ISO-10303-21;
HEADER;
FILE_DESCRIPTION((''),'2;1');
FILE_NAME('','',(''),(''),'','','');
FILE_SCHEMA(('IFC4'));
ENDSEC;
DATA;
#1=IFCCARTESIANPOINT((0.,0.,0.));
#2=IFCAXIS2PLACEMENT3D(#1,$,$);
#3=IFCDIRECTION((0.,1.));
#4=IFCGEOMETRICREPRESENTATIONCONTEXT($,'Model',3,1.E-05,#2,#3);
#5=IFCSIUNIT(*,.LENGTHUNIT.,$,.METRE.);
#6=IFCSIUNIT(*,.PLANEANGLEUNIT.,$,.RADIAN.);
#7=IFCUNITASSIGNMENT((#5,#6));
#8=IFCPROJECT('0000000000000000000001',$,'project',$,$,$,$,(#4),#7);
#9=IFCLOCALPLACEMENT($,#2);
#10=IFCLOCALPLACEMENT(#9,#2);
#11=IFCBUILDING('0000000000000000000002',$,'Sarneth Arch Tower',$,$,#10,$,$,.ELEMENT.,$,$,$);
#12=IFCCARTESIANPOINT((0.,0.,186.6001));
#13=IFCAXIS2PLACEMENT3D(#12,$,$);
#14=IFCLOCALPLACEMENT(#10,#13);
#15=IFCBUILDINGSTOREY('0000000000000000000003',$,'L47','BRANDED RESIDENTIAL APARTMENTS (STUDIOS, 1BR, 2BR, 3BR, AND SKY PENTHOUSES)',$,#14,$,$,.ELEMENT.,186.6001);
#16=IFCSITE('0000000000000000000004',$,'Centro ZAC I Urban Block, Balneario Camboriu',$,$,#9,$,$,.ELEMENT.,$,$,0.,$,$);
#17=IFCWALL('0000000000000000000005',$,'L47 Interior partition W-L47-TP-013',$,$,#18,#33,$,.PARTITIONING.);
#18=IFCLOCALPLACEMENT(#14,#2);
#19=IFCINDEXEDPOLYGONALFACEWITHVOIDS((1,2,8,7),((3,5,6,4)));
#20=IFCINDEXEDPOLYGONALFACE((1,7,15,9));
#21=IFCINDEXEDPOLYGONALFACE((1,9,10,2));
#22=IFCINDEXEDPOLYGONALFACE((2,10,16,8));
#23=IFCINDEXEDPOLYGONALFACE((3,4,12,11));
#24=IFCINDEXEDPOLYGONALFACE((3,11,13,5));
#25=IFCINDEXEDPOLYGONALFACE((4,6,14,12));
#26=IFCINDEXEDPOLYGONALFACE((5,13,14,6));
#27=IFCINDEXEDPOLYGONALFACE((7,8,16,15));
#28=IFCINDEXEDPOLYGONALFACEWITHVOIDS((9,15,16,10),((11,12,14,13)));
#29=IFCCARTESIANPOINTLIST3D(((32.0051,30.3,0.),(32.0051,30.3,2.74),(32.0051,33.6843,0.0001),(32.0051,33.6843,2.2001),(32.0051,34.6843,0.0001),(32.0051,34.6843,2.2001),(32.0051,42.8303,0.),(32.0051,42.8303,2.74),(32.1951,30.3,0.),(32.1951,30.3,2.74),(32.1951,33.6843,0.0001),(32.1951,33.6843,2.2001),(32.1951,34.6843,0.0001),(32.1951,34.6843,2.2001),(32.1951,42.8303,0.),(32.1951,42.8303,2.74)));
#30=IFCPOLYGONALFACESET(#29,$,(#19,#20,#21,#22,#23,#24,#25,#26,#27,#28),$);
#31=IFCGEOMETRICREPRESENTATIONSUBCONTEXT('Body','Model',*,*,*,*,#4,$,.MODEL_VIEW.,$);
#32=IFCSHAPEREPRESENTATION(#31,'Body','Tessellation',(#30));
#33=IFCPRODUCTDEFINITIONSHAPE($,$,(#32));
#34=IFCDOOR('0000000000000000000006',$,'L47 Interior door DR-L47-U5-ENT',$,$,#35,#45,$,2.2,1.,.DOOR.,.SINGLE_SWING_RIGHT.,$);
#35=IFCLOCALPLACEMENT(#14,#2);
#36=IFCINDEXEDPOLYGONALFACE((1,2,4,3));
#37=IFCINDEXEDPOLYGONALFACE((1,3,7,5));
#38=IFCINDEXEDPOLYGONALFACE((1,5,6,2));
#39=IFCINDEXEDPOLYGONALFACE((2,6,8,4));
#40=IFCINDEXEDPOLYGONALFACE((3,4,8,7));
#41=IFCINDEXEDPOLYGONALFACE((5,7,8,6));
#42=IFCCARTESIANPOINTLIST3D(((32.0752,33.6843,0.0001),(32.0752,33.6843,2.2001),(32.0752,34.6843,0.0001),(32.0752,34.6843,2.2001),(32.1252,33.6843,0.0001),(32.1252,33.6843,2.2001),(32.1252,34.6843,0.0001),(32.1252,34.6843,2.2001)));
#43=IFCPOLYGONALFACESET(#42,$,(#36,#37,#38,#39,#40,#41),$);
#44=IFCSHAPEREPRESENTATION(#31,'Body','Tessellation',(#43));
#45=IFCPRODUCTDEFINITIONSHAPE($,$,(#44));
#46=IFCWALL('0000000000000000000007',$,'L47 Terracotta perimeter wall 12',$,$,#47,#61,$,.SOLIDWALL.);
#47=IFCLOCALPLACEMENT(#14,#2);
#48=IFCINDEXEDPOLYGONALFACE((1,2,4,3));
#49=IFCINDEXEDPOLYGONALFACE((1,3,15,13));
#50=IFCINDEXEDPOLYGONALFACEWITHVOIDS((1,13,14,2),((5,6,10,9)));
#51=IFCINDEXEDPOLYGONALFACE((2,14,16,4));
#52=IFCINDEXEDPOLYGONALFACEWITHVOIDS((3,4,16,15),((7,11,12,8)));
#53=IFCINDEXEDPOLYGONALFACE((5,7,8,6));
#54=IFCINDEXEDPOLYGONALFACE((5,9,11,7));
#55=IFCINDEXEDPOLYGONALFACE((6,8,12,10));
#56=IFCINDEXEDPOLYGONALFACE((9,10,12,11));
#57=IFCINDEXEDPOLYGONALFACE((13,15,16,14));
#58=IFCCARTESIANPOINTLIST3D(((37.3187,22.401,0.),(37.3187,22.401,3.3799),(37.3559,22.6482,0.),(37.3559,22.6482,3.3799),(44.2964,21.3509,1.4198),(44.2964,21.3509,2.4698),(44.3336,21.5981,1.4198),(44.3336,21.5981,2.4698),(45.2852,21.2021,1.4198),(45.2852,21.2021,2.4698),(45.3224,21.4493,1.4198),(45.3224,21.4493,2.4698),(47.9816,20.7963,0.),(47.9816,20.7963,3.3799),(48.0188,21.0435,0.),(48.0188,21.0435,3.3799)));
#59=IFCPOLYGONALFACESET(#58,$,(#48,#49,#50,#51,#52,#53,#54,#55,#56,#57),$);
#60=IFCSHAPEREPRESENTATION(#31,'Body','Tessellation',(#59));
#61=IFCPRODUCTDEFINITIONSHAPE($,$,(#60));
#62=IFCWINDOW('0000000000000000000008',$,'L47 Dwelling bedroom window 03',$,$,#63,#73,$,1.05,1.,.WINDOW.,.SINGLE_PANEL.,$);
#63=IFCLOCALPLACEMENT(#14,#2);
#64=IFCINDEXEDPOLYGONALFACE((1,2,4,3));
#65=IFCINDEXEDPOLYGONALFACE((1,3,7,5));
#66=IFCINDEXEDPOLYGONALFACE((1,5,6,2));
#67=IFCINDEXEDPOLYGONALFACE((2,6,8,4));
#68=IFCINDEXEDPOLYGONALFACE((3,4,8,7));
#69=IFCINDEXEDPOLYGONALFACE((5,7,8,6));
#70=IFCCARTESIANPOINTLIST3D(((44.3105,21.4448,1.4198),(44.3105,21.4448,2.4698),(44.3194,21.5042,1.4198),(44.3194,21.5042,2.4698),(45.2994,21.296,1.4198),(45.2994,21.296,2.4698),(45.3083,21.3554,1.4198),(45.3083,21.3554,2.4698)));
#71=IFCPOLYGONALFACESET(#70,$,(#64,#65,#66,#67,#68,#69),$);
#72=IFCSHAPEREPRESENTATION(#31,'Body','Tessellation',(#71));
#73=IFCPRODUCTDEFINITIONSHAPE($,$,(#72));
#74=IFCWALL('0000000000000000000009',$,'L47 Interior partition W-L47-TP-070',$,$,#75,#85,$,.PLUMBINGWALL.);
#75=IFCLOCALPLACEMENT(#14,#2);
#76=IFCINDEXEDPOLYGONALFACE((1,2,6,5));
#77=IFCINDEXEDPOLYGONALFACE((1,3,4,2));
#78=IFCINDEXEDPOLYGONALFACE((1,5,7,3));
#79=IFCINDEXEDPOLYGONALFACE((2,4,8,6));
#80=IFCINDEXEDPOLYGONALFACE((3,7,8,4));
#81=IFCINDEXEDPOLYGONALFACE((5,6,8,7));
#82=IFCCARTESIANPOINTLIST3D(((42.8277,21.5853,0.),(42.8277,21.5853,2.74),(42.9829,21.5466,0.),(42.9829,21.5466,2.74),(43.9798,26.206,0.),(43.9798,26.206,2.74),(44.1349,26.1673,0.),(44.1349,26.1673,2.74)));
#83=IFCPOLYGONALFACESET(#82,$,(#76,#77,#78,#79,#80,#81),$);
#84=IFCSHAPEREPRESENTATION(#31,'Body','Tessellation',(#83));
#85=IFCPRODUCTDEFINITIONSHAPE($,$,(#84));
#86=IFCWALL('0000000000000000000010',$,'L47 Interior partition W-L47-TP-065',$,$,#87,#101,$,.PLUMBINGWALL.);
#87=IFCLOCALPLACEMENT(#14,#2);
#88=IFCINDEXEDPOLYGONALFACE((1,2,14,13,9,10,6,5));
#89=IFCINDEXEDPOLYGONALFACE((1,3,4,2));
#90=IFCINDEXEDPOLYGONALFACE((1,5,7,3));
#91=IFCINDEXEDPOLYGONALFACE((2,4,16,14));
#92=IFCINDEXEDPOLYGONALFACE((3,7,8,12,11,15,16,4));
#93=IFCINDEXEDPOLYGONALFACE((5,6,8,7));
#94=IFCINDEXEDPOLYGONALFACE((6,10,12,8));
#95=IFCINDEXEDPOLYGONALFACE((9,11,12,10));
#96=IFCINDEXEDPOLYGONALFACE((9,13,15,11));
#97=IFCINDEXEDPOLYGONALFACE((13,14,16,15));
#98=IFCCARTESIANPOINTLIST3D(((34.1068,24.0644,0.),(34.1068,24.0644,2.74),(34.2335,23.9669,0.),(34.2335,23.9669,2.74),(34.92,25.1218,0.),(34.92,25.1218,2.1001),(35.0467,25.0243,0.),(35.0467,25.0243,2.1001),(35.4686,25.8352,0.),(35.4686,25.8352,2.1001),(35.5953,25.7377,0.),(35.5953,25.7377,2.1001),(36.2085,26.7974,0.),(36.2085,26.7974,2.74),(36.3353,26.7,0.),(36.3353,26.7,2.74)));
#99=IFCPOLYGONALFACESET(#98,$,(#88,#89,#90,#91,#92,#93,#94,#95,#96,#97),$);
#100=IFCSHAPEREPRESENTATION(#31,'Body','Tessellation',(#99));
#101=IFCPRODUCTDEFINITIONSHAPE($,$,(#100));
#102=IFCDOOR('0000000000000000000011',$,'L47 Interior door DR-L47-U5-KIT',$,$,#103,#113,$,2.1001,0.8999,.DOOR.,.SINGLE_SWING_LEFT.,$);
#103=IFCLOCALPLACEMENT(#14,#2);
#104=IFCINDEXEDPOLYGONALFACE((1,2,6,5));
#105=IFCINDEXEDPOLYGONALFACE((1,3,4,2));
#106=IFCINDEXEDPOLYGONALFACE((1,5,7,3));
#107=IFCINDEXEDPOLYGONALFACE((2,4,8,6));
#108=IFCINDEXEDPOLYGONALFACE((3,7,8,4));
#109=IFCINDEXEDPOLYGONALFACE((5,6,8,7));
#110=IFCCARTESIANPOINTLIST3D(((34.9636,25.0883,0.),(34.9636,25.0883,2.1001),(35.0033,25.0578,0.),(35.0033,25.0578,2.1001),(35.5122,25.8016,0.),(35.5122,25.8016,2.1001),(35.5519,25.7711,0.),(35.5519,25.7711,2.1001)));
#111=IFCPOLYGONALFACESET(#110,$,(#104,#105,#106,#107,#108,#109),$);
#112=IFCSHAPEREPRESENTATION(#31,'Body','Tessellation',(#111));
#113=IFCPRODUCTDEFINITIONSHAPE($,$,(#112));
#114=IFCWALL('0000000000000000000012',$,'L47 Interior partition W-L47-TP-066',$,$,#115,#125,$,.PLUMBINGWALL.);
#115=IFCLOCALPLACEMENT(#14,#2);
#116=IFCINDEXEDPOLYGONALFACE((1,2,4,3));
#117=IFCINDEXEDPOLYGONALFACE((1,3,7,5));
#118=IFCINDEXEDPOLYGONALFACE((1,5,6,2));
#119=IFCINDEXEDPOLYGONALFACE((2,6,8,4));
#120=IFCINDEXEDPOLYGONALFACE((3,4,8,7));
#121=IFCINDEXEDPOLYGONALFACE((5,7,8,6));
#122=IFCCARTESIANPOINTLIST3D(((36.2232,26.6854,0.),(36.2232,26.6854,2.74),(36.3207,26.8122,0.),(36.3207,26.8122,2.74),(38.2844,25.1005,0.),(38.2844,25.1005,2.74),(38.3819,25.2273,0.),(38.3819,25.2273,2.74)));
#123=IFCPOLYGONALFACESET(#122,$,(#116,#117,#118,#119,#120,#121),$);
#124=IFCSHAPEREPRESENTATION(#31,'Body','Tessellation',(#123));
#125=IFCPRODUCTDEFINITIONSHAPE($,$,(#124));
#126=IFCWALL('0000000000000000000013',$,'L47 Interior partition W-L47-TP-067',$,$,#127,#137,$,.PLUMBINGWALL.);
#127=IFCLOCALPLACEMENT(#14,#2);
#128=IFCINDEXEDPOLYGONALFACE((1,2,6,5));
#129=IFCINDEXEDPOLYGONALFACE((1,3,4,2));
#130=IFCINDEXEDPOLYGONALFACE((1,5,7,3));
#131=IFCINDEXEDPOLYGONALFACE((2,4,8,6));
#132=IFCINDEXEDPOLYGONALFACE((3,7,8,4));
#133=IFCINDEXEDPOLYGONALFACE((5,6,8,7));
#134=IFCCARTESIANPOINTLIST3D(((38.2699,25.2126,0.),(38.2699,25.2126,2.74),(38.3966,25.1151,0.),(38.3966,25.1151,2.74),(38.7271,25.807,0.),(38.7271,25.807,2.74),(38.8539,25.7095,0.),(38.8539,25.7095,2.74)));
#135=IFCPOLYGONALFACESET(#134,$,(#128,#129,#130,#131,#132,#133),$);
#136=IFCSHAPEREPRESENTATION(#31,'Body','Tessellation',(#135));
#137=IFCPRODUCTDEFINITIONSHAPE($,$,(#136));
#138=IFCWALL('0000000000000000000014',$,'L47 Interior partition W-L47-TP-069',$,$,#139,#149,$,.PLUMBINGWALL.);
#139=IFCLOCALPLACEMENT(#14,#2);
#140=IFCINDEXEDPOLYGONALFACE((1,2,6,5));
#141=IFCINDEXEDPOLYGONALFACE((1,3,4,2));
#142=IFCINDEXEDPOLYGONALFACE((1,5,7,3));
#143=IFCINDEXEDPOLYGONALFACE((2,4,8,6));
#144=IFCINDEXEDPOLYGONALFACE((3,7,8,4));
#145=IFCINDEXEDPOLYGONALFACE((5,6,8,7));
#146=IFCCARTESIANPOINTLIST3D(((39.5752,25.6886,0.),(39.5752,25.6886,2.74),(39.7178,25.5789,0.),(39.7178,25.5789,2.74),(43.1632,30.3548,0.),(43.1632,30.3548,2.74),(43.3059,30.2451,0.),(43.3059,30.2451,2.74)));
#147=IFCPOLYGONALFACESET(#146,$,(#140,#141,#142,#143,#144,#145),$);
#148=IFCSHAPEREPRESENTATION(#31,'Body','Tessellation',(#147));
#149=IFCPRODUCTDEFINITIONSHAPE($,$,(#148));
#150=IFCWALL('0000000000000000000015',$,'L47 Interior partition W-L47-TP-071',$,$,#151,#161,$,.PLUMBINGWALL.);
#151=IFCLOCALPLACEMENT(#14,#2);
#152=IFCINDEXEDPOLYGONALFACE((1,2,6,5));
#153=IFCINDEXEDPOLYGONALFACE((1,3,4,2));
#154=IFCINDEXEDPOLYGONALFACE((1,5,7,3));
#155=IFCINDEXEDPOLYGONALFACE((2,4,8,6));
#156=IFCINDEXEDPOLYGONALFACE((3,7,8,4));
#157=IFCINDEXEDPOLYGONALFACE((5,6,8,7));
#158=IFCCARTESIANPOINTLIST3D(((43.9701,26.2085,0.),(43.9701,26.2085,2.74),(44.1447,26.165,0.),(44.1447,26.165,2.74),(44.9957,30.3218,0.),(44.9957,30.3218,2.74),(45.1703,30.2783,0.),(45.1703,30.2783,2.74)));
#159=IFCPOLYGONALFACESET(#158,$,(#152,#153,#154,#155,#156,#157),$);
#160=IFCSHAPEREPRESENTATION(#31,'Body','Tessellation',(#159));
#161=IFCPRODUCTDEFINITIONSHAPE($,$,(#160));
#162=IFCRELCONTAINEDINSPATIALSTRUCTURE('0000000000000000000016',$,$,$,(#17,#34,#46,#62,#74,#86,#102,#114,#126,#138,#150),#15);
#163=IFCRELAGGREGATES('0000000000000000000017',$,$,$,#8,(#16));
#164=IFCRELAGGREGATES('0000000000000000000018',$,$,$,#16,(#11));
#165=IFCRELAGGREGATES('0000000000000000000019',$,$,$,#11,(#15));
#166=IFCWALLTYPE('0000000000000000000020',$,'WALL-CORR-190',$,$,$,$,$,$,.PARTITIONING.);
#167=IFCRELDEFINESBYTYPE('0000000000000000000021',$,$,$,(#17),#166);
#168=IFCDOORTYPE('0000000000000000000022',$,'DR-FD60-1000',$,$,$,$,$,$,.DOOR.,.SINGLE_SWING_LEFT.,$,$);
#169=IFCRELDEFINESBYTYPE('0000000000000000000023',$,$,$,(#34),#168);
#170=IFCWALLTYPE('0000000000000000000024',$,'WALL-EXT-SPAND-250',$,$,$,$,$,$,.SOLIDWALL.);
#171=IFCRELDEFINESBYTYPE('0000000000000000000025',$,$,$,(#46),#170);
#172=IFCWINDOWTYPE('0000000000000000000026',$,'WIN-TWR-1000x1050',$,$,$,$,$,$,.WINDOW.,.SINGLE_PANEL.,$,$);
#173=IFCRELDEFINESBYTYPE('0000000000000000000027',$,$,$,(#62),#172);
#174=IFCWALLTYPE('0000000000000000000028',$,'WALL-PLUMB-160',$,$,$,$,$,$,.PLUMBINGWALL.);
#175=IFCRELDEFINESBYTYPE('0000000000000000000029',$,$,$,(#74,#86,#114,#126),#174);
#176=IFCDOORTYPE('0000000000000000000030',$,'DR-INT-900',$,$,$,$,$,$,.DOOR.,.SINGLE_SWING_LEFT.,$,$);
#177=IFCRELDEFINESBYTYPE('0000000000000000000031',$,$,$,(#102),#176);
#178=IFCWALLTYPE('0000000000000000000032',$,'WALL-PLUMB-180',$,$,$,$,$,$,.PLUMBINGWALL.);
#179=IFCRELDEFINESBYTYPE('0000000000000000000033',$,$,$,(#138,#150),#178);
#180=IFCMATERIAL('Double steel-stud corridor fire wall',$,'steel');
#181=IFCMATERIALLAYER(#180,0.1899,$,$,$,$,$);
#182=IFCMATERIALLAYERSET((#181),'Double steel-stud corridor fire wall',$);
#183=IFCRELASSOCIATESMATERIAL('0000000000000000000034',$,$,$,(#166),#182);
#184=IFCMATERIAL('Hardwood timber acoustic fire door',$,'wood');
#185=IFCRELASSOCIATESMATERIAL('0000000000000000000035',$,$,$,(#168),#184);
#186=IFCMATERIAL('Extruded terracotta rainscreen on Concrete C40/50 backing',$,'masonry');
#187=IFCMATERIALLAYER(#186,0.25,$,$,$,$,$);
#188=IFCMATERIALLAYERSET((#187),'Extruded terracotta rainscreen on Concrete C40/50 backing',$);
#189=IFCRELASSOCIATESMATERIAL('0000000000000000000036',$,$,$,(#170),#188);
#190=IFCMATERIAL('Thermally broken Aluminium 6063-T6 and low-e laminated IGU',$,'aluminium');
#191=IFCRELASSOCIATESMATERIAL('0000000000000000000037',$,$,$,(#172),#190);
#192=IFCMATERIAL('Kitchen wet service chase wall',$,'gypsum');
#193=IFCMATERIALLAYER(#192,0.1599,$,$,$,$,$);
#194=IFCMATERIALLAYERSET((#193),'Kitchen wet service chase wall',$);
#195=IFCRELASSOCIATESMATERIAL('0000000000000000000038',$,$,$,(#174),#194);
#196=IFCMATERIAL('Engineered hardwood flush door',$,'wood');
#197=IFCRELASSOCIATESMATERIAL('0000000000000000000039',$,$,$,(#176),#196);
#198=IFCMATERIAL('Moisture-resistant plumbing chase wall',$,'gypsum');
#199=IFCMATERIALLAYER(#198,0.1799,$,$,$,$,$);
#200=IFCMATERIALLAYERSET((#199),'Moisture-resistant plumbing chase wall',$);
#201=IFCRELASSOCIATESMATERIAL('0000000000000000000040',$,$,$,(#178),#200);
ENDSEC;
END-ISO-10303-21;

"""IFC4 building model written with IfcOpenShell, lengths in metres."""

from ifc_helpers import new_model, si_unit, direction, frame, frame_2d, origin, place, context, subcontext, project, spatial, rectangle, extrude, material, layer, layer_set, type_object, element, fill, save


model = new_model("IFC4")

# Units and contexts
model_context = context("Model", 3, precision=1e-05, world=origin(), true_north=direction((0.0, 1.0)))
body_context = subcontext(model_context, "Body", "Model", "MODEL_VIEW")
ifc_project = project(units=[si_unit("LENGTHUNIT", "METRE"), si_unit("PLANEANGLEUNIT", "RADIAN")], contexts=[model_context])

# Site, building, storey
site_placement = place(None, origin())
site = spatial("IfcSite", under=ifc_project, at=site_placement, Name="Centro ZAC I Urban Block, Balneario Camboriu", CompositionType="ELEMENT", RefElevation=0.0)
building_placement = place(site_placement, origin())
building = spatial("IfcBuilding", under=site, at=building_placement, Name="Sarneth Arch Tower", CompositionType="ELEMENT")
storey_placement = place(building_placement, frame((0.0, 0.0, 186.6001)))
storey = spatial("IfcBuildingStorey", under=building, at=storey_placement, Name="L47", Description="BRANDED RESIDENTIAL APARTMENTS (STUDIOS, 1BR, 2BR, 3BR, AND SKY PENTHOUSES)", CompositionType="ELEMENT", Elevation=186.6001)

# Wall, opening, door
ifc_material_1 = material(Name="Double steel-stud corridor fire wall", Category="steel")
ifc_layer_1 = layer(ifc_material_1, 0.1899)
ifc_layer_set_1 = layer_set([ifc_layer_1], Name="Double steel-stud corridor fire wall")
wall_type_1 = type_object("IfcWallType", Name="WALL-CORR-190", PredefinedType="PARTITIONING", material=ifc_layer_set_1)
ifc_material_2 = material(Name="Hardwood timber acoustic fire door", Category="wood")
door_type_1 = type_object("IfcDoorType", Name="DR-FD60-1000", OperationType="SINGLE_SWING_LEFT", PredefinedType="DOOR", material=ifc_material_2)
wall_1_placement = place(storey_placement, frame((32.1001, 30.3, 0.0), z_axis=(0.0, 0.0, 1.0), x_axis=(0.0, 1.0, 0.0)))
wall_1 = element("IfcWall", 1, at=wall_1_placement, inside=storey, type_object=wall_type_1, Name="L47 Interior partition W-L47-TP-013", PredefinedType="PARTITIONING", context=body_context, shape_type="SweptSolid", body=[
    extrude(rectangle(XDim=12.5303, YDim=0.1899, at=frame_2d((6.2651, 0.0))), origin(), (0.0, 0.0, 1.0), 2.74),
])
opening_1_placement = place(wall_1_placement, frame((3.3843, 0.0, 0.0)))
opening_1 = element("IfcOpeningElement", 2, at=opening_1_placement, cuts=wall_1, PredefinedType="OPENING", context=body_context, shape_type="SweptSolid", body=[
    extrude(rectangle(XDim=1.0, YDim=2.2, at=frame_2d((0.5, 1.1001))), frame((0.0, 0.105, 0.0), z_axis=(0.0, -1.0, 0.0), x_axis=(1.0, 0.0, 0.0)), (0.0, 0.0, 1.0), 0.21),
])
door_1_placement = place(opening_1_placement, origin())
door_1 = element("IfcDoor", 3, at=door_1_placement, inside=storey, type_object=door_type_1, Name="L47 Interior door DR-L47-U5-ENT", OperationType="SINGLE_SWING_RIGHT", OverallHeight=2.2, OverallWidth=1.0, PredefinedType="DOOR", context=body_context, shape_type="SweptSolid", body=[
    extrude(rectangle(XDim=1.0, YDim=2.2, at=frame_2d((0.5, 1.1001))), frame((0.0, 0.0249, 0.0), z_axis=(0.0, -1.0, 0.0), x_axis=(1.0, 0.0, 0.0)), (0.0, 0.0, 1.0), 0.05),
])
fill(opening_1, door_1)

# Wall, opening, window
ifc_material_3 = material(Name="Extruded terracotta rainscreen on Concrete C40/50 backing", Category="masonry")
ifc_layer_2 = layer(ifc_material_3, 0.25)
ifc_layer_set_2 = layer_set([ifc_layer_2], Name="Extruded terracotta rainscreen on Concrete C40/50 backing")
wall_type_2 = type_object("IfcWallType", Name="WALL-EXT-SPAND-250", PredefinedType="SOLIDWALL", material=ifc_layer_set_2)
wall_2_placement = place(storey_placement, frame((37.3372, 22.5247, 0.0), z_axis=(0.0, 0.0, 1.0), x_axis=(0.988864, -0.148822, 0.0)))
wall_2 = element("IfcWall", 4, at=wall_2_placement, inside=storey, type_object=wall_type_2, Name="L47 Terracotta perimeter wall 12", PredefinedType="SOLIDWALL", context=body_context, shape_type="SweptSolid", body=[
    extrude(rectangle(XDim=10.783, YDim=0.25, at=frame_2d((5.3916, 0.0))), origin(), (0.0, 0.0, 1.0), 3.3799),
])
opening_2_placement = place(wall_2_placement, frame((7.0564, 0.0, 1.4199)))
opening_2 = element("IfcOpeningElement", 5, at=opening_2_placement, cuts=wall_2, PredefinedType="OPENING", context=body_context, shape_type="SweptSolid", body=[
    extrude(rectangle(XDim=1.0, YDim=1.05, at=frame_2d((0.5, 0.5249))), frame((0.0, 0.135, 0.0), z_axis=(0.0, -1.0, 0.0), x_axis=(1.0, 0.0, 0.0)), (0.0, 0.0, 1.0), 0.27),
])
ifc_material_4 = material(Name="Thermally broken Aluminium 6063-T6 and low-e laminated IGU", Category="aluminium")
window_type = type_object("IfcWindowType", Name="WIN-TWR-1000x1050", PartitioningType="SINGLE_PANEL", PredefinedType="WINDOW", material=ifc_material_4)
window_placement = place(opening_2_placement, origin())
window = element("IfcWindow", 6, at=window_placement, inside=storey, type_object=window_type, Name="L47 Dwelling bedroom window 03", OverallHeight=1.05, OverallWidth=1.0, PartitioningType="SINGLE_PANEL", PredefinedType="WINDOW", context=body_context, shape_type="SweptSolid", body=[
    extrude(rectangle(XDim=1.0, YDim=1.05, at=frame_2d((0.5, 0.5249))), frame((0.0, 0.03, 0.0), z_axis=(0.0, -1.0, 0.0), x_axis=(1.0, 0.0, 0.0)), (0.0, 0.0, 1.0), 0.0601),
])
fill(opening_2, window)

# Wall
ifc_material_5 = material(Name="Kitchen wet service chase wall", Category="gypsum")
ifc_layer_3 = layer(ifc_material_5, 0.1599)
ifc_layer_set_3 = layer_set([ifc_layer_3], Name="Kitchen wet service chase wall")
wall_type_3 = type_object("IfcWallType", Name="WALL-PLUMB-160", PredefinedType="PLUMBINGWALL", material=ifc_layer_set_3)
wall_3_placement = place(storey_placement, frame((42.9053, 21.5659, 0.0), z_axis=(0.0, 0.0, 1.0), x_axis=(0.24192, 0.970296, 0.0)))
element("IfcWall", 7, at=wall_3_placement, inside=storey, type_object=wall_type_3, Name="L47 Interior partition W-L47-TP-070", PredefinedType="PLUMBINGWALL", context=body_context, shape_type="SweptSolid", body=[
    extrude(rectangle(XDim=4.7622, YDim=0.1599, at=frame_2d((2.3811, 0.0))), origin(), (0.0, 0.0, 1.0), 2.74),
])

# Wall, opening, door
wall_4_placement = place(storey_placement, frame((34.1702, 24.0156, 0.0), z_axis=(0.0, 0.0, 1.0), x_axis=(0.609598, 0.792711, 0.0)))
wall_4 = element("IfcWall", 8, at=wall_4_placement, inside=storey, type_object=wall_type_3, Name="L47 Interior partition W-L47-TP-065", PredefinedType="PLUMBINGWALL", context=body_context, shape_type="SweptSolid", body=[
    extrude(rectangle(XDim=3.4478, YDim=0.1599, at=frame_2d((1.7239, 0.0))), origin(), (0.0, 0.0, 1.0), 2.74),
])
opening_3_placement = place(wall_4_placement, frame((1.334, 0.0, 0.0)))
opening_3 = element("IfcOpeningElement", 9, at=opening_3_placement, cuts=wall_4, PredefinedType="OPENING", context=body_context, shape_type="SweptSolid", body=[
    extrude(rectangle(XDim=0.8999, YDim=2.1001, at=frame_2d((0.45, 1.05))), frame((0.0, 0.0898, 0.0), z_axis=(0.0, -1.0, 0.0), x_axis=(1.0, 0.0, 0.0)), (0.0, 0.0, 1.0), 0.1799),
])
ifc_material_6 = material(Name="Engineered hardwood flush door", Category="wood")
door_type_2 = type_object("IfcDoorType", Name="DR-INT-900", OperationType="SINGLE_SWING_LEFT", PredefinedType="DOOR", material=ifc_material_6)
door_2_placement = place(opening_3_placement, origin())
door_2 = element("IfcDoor", 10, at=door_2_placement, inside=storey, type_object=door_type_2, Name="L47 Interior door DR-L47-U5-KIT", OperationType="SINGLE_SWING_LEFT", OverallHeight=2.1001, OverallWidth=0.8999, PredefinedType="DOOR", context=body_context, shape_type="SweptSolid", body=[
    extrude(rectangle(XDim=0.8999, YDim=2.1001, at=frame_2d((0.45, 1.05))), frame((0.0, 0.0249, 0.0), z_axis=(0.0, -1.0, 0.0), x_axis=(1.0, 0.0, 0.0)), (0.0, 0.0, 1.0), 0.05),
])
fill(opening_3, door_2)

# Walls
wall_5_placement = place(storey_placement, frame((36.272, 26.7488, 0.0), z_axis=(0.0, 0.0, 1.0), x_axis=(0.792743, -0.609556, 0.0)))
element("IfcWall", 11, at=wall_5_placement, inside=storey, type_object=wall_type_3, Name="L47 Interior partition W-L47-TP-066", PredefinedType="PLUMBINGWALL", context=body_context, shape_type="SweptSolid", body=[
    extrude(rectangle(XDim=2.6001, YDim=0.1599, at=frame_2d((1.3, 0.0))), origin(), (0.0, 0.0, 1.0), 2.74),
])
wall_6_placement = place(storey_placement, frame((38.3333, 25.1638, 0.0), z_axis=(0.0, 0.0, 1.0), x_axis=(0.609695, 0.792636, 0.0)))
element("IfcWall", 12, at=wall_6_placement, inside=storey, type_object=wall_type_3, Name="L47 Interior partition W-L47-TP-067", PredefinedType="PLUMBINGWALL", context=body_context, shape_type="SweptSolid", body=[
    extrude(rectangle(XDim=0.75, YDim=0.1599, at=frame_2d((0.375, 0.0))), origin(), (0.0, 0.0, 1.0), 2.74),
])
ifc_material_7 = material(Name="Moisture-resistant plumbing chase wall", Category="gypsum")
ifc_layer_4 = layer(ifc_material_7, 0.1799)
ifc_layer_set_4 = layer_set([ifc_layer_4], Name="Moisture-resistant plumbing chase wall")
wall_type_4 = type_object("IfcWallType", Name="WALL-PLUMB-180", PredefinedType="PLUMBINGWALL", material=ifc_layer_set_4)
wall_7_placement = place(storey_placement, frame((39.6465, 25.6338, 0.0), z_axis=(0.0, 0.0, 1.0), x_axis=(0.609572, 0.79273, 0.0)))
element("IfcWall", 13, at=wall_7_placement, inside=storey, type_object=wall_type_4, Name="L47 Interior partition W-L47-TP-069", PredefinedType="PLUMBINGWALL", context=body_context, shape_type="SweptSolid", body=[
    extrude(rectangle(XDim=5.8862, YDim=0.1799, at=frame_2d((2.9431, 0.0))), origin(), (0.0, 0.0, 1.0), 2.74),
])
wall_8_placement = place(storey_placement, frame((44.0574, 26.1868, 0.0), z_axis=(0.0, 0.0, 1.0), x_axis=(0.241939, 0.970291, 0.0)))
element("IfcWall", 14, at=wall_8_placement, inside=storey, type_object=wall_type_4, Name="L47 Interior partition W-L47-TP-071", PredefinedType="PLUMBINGWALL", context=body_context, shape_type="SweptSolid", body=[
    extrude(rectangle(XDim=4.2393, YDim=0.1799, at=frame_2d((2.1196, 0.0))), origin(), (0.0, 0.0, 1.0), 2.74),
])

save(model, "model.ifc")
